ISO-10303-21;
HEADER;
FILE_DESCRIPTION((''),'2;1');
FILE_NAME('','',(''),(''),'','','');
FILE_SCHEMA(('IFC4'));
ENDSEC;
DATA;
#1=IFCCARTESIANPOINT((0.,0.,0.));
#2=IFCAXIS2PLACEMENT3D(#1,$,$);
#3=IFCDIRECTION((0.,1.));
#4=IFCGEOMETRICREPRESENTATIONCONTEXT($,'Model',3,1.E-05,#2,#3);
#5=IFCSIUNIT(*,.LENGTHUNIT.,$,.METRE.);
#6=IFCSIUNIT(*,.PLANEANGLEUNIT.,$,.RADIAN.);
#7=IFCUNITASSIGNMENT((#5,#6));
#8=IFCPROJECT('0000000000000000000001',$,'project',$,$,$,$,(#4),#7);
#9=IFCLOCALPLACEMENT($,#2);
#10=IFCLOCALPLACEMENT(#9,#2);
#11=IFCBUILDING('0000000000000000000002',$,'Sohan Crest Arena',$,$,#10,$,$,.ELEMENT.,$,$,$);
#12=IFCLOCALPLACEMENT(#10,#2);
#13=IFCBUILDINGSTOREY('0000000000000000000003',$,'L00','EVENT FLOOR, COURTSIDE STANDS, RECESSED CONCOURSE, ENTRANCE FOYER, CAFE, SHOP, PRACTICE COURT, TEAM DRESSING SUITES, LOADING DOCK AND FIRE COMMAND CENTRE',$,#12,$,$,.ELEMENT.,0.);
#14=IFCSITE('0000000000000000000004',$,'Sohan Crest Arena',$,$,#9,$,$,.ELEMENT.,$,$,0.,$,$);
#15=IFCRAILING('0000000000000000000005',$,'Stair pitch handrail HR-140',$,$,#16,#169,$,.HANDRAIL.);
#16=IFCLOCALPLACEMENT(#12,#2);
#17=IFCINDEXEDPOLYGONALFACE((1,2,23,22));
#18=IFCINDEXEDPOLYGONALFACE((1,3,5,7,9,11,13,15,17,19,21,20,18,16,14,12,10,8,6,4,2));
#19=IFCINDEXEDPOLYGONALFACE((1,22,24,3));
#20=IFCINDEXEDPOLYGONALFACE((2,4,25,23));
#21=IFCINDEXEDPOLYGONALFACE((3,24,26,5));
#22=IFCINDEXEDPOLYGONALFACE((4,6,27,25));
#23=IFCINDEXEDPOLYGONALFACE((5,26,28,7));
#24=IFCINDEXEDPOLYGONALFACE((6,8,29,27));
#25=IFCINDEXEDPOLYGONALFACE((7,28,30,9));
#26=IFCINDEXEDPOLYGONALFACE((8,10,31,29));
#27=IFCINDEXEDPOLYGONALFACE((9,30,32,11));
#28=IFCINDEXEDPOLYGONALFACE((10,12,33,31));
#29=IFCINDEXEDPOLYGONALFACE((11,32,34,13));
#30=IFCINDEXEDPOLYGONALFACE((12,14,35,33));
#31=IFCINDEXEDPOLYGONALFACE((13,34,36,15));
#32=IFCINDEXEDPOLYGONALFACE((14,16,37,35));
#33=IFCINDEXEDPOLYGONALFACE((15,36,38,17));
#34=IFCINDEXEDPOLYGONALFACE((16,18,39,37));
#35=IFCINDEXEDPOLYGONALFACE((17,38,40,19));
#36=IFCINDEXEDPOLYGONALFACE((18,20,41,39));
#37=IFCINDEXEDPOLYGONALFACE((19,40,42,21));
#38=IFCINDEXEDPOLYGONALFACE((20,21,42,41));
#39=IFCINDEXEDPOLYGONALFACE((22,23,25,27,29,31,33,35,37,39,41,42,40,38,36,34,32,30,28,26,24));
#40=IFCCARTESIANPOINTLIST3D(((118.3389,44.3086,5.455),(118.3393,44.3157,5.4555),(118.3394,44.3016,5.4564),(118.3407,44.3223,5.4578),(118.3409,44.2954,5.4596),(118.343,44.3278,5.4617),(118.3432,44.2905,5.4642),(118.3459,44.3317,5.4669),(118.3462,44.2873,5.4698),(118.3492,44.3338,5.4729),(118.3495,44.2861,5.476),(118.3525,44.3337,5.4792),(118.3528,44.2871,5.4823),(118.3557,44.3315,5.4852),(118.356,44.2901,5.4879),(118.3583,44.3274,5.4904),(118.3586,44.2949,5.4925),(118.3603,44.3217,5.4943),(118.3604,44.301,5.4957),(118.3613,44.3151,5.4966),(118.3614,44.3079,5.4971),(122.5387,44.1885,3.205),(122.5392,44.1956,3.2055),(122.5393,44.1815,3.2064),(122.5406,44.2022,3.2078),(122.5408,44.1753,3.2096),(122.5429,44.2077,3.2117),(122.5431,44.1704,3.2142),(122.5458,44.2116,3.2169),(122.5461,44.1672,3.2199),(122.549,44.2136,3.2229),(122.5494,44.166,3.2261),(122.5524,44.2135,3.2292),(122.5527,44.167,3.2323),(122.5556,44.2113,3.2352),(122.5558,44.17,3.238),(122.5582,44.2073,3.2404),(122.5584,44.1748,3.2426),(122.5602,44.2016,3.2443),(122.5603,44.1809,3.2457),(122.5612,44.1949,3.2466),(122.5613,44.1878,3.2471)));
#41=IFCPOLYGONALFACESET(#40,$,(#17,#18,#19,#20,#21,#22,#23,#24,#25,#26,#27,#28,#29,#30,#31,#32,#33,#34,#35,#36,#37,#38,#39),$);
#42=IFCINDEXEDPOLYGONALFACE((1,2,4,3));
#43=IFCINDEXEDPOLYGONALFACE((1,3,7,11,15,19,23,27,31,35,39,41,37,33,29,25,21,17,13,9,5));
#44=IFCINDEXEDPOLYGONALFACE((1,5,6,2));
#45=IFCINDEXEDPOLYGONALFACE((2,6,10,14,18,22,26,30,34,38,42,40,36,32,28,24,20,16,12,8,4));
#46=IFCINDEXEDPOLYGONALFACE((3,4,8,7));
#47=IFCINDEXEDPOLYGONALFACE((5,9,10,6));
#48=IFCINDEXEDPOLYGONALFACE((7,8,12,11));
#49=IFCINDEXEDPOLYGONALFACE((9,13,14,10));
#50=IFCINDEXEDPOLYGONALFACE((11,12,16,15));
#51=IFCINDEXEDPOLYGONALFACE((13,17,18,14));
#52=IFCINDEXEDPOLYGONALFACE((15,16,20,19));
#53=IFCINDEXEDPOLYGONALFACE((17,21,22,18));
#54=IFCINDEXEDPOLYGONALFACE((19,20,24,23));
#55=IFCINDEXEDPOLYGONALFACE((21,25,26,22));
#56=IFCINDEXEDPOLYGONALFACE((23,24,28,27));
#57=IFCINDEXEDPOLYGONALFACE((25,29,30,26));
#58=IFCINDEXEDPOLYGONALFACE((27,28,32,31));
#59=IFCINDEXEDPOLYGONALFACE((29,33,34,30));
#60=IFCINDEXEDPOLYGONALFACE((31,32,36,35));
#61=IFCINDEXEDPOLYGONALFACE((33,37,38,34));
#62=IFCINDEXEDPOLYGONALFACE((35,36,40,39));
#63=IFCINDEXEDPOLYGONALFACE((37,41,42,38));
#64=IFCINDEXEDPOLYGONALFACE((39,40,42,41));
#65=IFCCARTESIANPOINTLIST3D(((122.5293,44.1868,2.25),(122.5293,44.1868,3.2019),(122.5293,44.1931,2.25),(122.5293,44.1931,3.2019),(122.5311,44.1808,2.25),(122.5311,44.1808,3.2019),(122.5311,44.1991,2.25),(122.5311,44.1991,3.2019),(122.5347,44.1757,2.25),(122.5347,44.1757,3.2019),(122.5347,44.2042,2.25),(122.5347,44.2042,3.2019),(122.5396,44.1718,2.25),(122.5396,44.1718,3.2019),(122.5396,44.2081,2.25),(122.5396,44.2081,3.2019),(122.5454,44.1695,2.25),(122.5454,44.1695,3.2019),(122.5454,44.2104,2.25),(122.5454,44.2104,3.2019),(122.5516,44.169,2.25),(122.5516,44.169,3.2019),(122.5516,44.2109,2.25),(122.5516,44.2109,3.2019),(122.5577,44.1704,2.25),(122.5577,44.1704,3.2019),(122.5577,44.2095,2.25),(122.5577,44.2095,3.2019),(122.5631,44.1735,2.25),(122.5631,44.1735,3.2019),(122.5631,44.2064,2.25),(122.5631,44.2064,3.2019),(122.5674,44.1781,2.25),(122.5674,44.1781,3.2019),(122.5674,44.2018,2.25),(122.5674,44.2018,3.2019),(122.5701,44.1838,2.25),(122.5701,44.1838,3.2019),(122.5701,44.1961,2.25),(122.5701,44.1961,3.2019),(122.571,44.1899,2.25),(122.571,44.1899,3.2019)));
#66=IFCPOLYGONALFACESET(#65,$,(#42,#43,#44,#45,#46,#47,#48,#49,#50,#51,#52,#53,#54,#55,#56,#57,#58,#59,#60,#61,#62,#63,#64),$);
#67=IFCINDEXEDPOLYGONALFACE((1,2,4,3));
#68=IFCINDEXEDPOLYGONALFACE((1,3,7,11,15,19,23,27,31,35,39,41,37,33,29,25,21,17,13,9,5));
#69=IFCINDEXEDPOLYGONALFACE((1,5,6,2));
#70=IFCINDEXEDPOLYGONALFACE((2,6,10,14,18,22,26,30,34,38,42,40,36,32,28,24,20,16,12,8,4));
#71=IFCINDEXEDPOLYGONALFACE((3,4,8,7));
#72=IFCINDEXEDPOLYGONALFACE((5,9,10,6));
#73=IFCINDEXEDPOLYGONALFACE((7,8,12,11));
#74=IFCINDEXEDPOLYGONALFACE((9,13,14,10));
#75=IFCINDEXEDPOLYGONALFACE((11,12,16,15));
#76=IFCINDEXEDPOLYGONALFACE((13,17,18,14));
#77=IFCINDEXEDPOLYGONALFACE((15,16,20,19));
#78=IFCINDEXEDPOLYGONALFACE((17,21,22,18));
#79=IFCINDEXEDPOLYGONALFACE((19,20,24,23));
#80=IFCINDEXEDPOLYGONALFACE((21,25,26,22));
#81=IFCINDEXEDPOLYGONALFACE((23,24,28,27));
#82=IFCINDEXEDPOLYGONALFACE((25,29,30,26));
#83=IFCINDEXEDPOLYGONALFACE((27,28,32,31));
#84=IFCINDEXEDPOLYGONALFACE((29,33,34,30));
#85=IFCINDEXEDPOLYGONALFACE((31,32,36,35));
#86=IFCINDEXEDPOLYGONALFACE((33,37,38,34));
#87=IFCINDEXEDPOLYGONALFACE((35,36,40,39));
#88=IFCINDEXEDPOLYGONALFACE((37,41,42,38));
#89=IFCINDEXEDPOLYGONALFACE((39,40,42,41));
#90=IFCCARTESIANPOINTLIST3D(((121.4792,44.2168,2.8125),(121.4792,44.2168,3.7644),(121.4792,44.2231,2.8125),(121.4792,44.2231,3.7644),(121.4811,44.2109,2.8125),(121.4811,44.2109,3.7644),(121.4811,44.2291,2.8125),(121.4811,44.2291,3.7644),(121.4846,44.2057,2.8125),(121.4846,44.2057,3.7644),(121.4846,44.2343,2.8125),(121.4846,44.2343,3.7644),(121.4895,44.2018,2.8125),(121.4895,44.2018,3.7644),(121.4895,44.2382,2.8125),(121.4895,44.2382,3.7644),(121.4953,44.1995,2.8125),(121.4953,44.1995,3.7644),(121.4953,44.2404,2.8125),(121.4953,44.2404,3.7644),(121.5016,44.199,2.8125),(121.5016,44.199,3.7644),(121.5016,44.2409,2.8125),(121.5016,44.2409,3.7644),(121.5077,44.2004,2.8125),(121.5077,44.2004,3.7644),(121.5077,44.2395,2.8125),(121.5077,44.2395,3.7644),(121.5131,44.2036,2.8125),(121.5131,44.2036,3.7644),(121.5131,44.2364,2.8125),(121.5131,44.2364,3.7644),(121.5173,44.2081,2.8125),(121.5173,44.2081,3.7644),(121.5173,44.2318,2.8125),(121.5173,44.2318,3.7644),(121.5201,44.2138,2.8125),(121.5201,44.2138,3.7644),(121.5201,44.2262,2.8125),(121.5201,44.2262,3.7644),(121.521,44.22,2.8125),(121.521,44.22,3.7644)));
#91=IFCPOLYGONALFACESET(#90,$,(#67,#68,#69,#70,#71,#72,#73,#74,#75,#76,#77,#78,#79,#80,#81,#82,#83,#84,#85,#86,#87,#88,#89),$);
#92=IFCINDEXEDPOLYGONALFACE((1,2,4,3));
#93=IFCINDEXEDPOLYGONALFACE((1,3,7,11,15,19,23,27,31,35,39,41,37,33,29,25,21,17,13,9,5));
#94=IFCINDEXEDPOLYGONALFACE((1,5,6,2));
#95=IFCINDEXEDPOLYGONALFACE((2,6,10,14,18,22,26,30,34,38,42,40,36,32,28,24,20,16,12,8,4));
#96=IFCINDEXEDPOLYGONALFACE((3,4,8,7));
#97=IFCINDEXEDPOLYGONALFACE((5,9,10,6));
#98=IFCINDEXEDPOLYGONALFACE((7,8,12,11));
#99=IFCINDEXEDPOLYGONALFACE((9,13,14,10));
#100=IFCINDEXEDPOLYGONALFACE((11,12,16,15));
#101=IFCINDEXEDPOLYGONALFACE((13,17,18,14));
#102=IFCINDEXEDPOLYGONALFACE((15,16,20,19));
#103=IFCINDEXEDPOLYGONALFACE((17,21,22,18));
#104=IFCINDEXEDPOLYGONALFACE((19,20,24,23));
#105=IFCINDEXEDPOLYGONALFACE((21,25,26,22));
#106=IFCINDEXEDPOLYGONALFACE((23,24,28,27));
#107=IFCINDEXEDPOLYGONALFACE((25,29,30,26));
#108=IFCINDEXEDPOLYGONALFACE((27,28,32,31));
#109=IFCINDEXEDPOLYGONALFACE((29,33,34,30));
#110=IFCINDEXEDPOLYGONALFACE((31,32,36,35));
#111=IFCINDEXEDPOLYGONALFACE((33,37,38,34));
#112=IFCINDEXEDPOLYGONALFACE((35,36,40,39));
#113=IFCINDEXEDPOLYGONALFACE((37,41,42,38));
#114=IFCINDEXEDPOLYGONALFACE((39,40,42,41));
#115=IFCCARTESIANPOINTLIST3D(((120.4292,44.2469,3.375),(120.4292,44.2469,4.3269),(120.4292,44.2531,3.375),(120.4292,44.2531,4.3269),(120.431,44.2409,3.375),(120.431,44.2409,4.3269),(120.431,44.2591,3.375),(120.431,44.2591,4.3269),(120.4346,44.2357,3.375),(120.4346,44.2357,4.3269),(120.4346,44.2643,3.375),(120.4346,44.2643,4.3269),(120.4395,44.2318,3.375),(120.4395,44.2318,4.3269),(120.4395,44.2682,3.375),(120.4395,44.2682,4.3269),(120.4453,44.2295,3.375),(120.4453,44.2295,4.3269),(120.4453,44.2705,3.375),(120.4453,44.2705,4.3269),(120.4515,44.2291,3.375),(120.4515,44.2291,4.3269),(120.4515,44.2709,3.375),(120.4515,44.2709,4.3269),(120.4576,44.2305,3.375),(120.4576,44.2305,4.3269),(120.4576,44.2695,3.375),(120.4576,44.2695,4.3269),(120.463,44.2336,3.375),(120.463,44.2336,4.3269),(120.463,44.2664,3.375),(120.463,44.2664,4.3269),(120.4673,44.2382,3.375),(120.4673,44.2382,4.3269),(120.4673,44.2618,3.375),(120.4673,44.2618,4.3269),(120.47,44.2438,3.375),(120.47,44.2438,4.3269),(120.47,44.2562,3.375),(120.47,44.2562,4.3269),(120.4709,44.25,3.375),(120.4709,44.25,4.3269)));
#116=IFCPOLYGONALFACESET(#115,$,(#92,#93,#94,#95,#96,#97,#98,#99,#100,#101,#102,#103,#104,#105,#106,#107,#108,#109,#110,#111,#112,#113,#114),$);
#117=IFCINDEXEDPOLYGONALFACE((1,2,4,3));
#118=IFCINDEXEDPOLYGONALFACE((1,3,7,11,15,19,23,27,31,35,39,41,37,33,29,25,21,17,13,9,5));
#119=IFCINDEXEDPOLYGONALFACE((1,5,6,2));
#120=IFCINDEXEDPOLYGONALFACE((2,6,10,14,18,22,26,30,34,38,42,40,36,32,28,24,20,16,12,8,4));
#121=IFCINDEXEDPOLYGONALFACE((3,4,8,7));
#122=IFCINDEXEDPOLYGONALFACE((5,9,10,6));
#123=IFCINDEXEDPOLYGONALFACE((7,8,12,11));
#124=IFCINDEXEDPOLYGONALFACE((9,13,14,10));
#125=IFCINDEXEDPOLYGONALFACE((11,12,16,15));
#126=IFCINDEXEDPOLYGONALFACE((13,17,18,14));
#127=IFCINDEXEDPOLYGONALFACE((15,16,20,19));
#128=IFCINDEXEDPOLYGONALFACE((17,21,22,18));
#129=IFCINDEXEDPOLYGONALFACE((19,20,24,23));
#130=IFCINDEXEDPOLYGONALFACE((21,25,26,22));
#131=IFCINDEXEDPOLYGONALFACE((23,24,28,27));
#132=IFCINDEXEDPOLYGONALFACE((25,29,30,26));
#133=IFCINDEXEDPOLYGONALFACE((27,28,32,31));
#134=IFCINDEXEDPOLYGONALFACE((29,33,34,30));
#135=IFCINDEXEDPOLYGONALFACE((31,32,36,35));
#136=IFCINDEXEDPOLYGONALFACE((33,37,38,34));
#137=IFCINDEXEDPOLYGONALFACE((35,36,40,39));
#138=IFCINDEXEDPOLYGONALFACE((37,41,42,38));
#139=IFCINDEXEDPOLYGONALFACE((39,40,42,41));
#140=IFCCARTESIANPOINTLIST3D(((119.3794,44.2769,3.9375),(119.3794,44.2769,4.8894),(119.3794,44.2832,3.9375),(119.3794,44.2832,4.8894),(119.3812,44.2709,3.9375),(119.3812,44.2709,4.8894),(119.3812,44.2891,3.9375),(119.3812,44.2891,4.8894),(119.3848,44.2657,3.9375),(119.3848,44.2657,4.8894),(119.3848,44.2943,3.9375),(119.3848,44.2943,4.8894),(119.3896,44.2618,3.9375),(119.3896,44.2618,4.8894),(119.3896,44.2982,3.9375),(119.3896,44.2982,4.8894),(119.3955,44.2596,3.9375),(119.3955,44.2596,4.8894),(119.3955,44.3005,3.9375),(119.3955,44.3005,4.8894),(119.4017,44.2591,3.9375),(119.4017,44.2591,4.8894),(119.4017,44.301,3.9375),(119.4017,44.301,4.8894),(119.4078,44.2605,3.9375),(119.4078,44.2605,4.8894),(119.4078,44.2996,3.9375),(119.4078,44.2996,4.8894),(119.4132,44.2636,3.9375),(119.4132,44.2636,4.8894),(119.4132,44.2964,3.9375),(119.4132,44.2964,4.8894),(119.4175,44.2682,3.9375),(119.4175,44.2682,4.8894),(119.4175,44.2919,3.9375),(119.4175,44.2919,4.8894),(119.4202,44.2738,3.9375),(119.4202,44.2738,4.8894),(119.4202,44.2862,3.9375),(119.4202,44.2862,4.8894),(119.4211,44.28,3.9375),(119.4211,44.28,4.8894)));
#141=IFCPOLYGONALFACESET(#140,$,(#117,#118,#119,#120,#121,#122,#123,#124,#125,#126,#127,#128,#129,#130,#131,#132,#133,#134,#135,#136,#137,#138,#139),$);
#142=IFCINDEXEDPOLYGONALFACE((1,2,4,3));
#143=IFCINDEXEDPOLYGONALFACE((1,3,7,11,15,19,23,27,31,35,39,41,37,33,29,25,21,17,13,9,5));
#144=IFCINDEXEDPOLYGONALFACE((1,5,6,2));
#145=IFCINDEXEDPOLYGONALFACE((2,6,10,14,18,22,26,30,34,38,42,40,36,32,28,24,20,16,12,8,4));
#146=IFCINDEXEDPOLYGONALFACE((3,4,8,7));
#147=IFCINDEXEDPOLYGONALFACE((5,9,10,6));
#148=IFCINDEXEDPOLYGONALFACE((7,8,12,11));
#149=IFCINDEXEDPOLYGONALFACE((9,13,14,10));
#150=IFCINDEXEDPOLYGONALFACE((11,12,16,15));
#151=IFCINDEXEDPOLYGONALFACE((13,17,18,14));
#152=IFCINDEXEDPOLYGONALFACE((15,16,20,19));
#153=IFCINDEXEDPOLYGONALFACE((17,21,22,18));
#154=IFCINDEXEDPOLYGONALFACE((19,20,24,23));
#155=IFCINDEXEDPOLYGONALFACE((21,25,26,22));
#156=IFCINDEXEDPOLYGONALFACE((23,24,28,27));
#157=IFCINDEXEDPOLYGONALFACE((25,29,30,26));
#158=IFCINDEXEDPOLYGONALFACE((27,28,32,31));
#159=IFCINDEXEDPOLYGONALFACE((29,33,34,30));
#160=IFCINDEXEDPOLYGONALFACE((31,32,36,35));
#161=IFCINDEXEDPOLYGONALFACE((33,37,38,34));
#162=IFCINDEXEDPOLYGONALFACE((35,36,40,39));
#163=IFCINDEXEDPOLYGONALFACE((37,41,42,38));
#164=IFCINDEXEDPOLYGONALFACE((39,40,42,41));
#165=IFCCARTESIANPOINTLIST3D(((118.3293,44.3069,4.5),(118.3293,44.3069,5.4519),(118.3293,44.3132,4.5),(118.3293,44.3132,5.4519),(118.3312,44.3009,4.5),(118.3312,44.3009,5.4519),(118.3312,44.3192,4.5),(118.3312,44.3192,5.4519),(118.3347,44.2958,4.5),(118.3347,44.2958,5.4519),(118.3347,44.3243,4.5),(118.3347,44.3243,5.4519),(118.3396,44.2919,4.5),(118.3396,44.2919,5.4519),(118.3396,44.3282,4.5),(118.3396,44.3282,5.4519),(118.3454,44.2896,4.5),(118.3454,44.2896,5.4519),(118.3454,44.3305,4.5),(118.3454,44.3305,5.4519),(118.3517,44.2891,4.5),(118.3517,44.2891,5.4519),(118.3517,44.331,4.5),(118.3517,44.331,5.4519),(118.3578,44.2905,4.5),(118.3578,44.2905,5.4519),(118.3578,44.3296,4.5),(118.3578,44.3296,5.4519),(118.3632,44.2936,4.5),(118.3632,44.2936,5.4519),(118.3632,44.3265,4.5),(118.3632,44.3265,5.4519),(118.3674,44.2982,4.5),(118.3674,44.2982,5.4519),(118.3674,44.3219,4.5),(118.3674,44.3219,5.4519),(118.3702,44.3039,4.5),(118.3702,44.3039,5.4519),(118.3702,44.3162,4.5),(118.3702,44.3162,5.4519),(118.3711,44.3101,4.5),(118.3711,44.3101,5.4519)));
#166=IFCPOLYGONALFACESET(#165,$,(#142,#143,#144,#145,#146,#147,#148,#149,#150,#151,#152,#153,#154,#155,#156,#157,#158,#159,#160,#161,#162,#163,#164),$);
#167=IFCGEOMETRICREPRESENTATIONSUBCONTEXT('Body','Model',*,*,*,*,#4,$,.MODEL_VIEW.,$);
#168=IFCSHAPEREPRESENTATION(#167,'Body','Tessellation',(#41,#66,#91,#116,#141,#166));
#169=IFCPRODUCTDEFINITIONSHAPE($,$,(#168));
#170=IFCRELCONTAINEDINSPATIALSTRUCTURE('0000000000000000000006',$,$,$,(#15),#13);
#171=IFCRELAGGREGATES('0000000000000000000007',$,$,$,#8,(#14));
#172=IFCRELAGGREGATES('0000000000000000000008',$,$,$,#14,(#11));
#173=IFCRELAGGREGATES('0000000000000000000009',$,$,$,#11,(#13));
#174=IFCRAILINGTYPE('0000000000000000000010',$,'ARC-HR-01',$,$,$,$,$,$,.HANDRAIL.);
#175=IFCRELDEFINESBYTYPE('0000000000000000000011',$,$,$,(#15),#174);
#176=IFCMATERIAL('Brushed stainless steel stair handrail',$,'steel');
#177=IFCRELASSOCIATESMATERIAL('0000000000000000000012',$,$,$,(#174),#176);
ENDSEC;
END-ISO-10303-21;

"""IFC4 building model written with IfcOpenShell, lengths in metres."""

from ifc_helpers import new_model, si_unit, direction, frame, origin, origin_2d, place, context, subcontext, project, spatial, circle, extrude, material, type_object, element, save


model = new_model("IFC4")

# Units and contexts
model_context = context("Model", 3, precision=1e-05, world=origin(), true_north=direction((0.0, 1.0)))
body_context = subcontext(model_context, "Body", "Model", "MODEL_VIEW")
ifc_project = project(units=[si_unit("LENGTHUNIT", "METRE"), si_unit("PLANEANGLEUNIT", "RADIAN")], contexts=[model_context])

# Site, building, storey
site_placement = place(None, origin())
site = spatial("IfcSite", under=ifc_project, at=site_placement, Name="Sohan Crest Arena", CompositionType="ELEMENT", RefElevation=0.0)
building_placement = place(site_placement, origin())
building = spatial("IfcBuilding", under=site, at=building_placement, Name="Sohan Crest Arena", CompositionType="ELEMENT")
storey_placement = place(building_placement, origin())
storey = spatial("IfcBuildingStorey", under=building, at=storey_placement, Name="L00", Description="EVENT FLOOR, COURTSIDE STANDS, RECESSED CONCOURSE, ENTRANCE FOYER, CAFE, SHOP, PRACTICE COURT, TEAM DRESSING SUITES, LOADING DOCK AND FIRE COMMAND CENTRE", CompositionType="ELEMENT", Elevation=0.0)

# Railing
ifc_material_1 = material(Name="Brushed stainless steel stair handrail", Category="steel")
railing_type_1 = type_object("IfcRailingType", Name="ARC-HR-01", PredefinedType="HANDRAIL", material=ifc_material_1)
railing_1_placement = place(storey_placement, frame((122.55, 44.1899, 2.25)))
element("IfcRailing", 1, at=railing_1_placement, inside=storey, type_object=railing_type_1, Name="Stair pitch handrail HR-140", PredefinedType="HANDRAIL", context=body_context, shape_type="SweptSolid", body=[
    extrude(circle(Radius=0.0239, at=origin_2d()), frame((0.0, 0.0, 0.9761), z_axis=(-0.881198, 0.025202, 0.472076), x_axis=(-0.028588, -0.999591, 0.0)), (0.0, 0.0, 1.0), 4.7661),
    extrude(circle(Radius=0.021, at=origin_2d()), origin(), (0.0, 0.0, 1.0), 0.9519),
    extrude(circle(Radius=0.021, at=origin_2d()), frame((-1.05, 0.03, 0.5625)), (0.0, 0.0, 1.0), 0.9519),
    extrude(circle(Radius=0.021, at=origin_2d()), frame((-2.1001, 0.0601, 1.125)), (0.0, 0.0, 1.0), 0.9519),
    extrude(circle(Radius=0.021, at=origin_2d()), frame((-3.1499, 0.0901, 1.6875)), (0.0, 0.0, 1.0), 0.9519),
    extrude(circle(Radius=0.021, at=origin_2d()), frame((-4.2, 0.1201, 2.25)), (0.0, 0.0, 1.0), 0.9519),
])

save(model, "model.ifc")
